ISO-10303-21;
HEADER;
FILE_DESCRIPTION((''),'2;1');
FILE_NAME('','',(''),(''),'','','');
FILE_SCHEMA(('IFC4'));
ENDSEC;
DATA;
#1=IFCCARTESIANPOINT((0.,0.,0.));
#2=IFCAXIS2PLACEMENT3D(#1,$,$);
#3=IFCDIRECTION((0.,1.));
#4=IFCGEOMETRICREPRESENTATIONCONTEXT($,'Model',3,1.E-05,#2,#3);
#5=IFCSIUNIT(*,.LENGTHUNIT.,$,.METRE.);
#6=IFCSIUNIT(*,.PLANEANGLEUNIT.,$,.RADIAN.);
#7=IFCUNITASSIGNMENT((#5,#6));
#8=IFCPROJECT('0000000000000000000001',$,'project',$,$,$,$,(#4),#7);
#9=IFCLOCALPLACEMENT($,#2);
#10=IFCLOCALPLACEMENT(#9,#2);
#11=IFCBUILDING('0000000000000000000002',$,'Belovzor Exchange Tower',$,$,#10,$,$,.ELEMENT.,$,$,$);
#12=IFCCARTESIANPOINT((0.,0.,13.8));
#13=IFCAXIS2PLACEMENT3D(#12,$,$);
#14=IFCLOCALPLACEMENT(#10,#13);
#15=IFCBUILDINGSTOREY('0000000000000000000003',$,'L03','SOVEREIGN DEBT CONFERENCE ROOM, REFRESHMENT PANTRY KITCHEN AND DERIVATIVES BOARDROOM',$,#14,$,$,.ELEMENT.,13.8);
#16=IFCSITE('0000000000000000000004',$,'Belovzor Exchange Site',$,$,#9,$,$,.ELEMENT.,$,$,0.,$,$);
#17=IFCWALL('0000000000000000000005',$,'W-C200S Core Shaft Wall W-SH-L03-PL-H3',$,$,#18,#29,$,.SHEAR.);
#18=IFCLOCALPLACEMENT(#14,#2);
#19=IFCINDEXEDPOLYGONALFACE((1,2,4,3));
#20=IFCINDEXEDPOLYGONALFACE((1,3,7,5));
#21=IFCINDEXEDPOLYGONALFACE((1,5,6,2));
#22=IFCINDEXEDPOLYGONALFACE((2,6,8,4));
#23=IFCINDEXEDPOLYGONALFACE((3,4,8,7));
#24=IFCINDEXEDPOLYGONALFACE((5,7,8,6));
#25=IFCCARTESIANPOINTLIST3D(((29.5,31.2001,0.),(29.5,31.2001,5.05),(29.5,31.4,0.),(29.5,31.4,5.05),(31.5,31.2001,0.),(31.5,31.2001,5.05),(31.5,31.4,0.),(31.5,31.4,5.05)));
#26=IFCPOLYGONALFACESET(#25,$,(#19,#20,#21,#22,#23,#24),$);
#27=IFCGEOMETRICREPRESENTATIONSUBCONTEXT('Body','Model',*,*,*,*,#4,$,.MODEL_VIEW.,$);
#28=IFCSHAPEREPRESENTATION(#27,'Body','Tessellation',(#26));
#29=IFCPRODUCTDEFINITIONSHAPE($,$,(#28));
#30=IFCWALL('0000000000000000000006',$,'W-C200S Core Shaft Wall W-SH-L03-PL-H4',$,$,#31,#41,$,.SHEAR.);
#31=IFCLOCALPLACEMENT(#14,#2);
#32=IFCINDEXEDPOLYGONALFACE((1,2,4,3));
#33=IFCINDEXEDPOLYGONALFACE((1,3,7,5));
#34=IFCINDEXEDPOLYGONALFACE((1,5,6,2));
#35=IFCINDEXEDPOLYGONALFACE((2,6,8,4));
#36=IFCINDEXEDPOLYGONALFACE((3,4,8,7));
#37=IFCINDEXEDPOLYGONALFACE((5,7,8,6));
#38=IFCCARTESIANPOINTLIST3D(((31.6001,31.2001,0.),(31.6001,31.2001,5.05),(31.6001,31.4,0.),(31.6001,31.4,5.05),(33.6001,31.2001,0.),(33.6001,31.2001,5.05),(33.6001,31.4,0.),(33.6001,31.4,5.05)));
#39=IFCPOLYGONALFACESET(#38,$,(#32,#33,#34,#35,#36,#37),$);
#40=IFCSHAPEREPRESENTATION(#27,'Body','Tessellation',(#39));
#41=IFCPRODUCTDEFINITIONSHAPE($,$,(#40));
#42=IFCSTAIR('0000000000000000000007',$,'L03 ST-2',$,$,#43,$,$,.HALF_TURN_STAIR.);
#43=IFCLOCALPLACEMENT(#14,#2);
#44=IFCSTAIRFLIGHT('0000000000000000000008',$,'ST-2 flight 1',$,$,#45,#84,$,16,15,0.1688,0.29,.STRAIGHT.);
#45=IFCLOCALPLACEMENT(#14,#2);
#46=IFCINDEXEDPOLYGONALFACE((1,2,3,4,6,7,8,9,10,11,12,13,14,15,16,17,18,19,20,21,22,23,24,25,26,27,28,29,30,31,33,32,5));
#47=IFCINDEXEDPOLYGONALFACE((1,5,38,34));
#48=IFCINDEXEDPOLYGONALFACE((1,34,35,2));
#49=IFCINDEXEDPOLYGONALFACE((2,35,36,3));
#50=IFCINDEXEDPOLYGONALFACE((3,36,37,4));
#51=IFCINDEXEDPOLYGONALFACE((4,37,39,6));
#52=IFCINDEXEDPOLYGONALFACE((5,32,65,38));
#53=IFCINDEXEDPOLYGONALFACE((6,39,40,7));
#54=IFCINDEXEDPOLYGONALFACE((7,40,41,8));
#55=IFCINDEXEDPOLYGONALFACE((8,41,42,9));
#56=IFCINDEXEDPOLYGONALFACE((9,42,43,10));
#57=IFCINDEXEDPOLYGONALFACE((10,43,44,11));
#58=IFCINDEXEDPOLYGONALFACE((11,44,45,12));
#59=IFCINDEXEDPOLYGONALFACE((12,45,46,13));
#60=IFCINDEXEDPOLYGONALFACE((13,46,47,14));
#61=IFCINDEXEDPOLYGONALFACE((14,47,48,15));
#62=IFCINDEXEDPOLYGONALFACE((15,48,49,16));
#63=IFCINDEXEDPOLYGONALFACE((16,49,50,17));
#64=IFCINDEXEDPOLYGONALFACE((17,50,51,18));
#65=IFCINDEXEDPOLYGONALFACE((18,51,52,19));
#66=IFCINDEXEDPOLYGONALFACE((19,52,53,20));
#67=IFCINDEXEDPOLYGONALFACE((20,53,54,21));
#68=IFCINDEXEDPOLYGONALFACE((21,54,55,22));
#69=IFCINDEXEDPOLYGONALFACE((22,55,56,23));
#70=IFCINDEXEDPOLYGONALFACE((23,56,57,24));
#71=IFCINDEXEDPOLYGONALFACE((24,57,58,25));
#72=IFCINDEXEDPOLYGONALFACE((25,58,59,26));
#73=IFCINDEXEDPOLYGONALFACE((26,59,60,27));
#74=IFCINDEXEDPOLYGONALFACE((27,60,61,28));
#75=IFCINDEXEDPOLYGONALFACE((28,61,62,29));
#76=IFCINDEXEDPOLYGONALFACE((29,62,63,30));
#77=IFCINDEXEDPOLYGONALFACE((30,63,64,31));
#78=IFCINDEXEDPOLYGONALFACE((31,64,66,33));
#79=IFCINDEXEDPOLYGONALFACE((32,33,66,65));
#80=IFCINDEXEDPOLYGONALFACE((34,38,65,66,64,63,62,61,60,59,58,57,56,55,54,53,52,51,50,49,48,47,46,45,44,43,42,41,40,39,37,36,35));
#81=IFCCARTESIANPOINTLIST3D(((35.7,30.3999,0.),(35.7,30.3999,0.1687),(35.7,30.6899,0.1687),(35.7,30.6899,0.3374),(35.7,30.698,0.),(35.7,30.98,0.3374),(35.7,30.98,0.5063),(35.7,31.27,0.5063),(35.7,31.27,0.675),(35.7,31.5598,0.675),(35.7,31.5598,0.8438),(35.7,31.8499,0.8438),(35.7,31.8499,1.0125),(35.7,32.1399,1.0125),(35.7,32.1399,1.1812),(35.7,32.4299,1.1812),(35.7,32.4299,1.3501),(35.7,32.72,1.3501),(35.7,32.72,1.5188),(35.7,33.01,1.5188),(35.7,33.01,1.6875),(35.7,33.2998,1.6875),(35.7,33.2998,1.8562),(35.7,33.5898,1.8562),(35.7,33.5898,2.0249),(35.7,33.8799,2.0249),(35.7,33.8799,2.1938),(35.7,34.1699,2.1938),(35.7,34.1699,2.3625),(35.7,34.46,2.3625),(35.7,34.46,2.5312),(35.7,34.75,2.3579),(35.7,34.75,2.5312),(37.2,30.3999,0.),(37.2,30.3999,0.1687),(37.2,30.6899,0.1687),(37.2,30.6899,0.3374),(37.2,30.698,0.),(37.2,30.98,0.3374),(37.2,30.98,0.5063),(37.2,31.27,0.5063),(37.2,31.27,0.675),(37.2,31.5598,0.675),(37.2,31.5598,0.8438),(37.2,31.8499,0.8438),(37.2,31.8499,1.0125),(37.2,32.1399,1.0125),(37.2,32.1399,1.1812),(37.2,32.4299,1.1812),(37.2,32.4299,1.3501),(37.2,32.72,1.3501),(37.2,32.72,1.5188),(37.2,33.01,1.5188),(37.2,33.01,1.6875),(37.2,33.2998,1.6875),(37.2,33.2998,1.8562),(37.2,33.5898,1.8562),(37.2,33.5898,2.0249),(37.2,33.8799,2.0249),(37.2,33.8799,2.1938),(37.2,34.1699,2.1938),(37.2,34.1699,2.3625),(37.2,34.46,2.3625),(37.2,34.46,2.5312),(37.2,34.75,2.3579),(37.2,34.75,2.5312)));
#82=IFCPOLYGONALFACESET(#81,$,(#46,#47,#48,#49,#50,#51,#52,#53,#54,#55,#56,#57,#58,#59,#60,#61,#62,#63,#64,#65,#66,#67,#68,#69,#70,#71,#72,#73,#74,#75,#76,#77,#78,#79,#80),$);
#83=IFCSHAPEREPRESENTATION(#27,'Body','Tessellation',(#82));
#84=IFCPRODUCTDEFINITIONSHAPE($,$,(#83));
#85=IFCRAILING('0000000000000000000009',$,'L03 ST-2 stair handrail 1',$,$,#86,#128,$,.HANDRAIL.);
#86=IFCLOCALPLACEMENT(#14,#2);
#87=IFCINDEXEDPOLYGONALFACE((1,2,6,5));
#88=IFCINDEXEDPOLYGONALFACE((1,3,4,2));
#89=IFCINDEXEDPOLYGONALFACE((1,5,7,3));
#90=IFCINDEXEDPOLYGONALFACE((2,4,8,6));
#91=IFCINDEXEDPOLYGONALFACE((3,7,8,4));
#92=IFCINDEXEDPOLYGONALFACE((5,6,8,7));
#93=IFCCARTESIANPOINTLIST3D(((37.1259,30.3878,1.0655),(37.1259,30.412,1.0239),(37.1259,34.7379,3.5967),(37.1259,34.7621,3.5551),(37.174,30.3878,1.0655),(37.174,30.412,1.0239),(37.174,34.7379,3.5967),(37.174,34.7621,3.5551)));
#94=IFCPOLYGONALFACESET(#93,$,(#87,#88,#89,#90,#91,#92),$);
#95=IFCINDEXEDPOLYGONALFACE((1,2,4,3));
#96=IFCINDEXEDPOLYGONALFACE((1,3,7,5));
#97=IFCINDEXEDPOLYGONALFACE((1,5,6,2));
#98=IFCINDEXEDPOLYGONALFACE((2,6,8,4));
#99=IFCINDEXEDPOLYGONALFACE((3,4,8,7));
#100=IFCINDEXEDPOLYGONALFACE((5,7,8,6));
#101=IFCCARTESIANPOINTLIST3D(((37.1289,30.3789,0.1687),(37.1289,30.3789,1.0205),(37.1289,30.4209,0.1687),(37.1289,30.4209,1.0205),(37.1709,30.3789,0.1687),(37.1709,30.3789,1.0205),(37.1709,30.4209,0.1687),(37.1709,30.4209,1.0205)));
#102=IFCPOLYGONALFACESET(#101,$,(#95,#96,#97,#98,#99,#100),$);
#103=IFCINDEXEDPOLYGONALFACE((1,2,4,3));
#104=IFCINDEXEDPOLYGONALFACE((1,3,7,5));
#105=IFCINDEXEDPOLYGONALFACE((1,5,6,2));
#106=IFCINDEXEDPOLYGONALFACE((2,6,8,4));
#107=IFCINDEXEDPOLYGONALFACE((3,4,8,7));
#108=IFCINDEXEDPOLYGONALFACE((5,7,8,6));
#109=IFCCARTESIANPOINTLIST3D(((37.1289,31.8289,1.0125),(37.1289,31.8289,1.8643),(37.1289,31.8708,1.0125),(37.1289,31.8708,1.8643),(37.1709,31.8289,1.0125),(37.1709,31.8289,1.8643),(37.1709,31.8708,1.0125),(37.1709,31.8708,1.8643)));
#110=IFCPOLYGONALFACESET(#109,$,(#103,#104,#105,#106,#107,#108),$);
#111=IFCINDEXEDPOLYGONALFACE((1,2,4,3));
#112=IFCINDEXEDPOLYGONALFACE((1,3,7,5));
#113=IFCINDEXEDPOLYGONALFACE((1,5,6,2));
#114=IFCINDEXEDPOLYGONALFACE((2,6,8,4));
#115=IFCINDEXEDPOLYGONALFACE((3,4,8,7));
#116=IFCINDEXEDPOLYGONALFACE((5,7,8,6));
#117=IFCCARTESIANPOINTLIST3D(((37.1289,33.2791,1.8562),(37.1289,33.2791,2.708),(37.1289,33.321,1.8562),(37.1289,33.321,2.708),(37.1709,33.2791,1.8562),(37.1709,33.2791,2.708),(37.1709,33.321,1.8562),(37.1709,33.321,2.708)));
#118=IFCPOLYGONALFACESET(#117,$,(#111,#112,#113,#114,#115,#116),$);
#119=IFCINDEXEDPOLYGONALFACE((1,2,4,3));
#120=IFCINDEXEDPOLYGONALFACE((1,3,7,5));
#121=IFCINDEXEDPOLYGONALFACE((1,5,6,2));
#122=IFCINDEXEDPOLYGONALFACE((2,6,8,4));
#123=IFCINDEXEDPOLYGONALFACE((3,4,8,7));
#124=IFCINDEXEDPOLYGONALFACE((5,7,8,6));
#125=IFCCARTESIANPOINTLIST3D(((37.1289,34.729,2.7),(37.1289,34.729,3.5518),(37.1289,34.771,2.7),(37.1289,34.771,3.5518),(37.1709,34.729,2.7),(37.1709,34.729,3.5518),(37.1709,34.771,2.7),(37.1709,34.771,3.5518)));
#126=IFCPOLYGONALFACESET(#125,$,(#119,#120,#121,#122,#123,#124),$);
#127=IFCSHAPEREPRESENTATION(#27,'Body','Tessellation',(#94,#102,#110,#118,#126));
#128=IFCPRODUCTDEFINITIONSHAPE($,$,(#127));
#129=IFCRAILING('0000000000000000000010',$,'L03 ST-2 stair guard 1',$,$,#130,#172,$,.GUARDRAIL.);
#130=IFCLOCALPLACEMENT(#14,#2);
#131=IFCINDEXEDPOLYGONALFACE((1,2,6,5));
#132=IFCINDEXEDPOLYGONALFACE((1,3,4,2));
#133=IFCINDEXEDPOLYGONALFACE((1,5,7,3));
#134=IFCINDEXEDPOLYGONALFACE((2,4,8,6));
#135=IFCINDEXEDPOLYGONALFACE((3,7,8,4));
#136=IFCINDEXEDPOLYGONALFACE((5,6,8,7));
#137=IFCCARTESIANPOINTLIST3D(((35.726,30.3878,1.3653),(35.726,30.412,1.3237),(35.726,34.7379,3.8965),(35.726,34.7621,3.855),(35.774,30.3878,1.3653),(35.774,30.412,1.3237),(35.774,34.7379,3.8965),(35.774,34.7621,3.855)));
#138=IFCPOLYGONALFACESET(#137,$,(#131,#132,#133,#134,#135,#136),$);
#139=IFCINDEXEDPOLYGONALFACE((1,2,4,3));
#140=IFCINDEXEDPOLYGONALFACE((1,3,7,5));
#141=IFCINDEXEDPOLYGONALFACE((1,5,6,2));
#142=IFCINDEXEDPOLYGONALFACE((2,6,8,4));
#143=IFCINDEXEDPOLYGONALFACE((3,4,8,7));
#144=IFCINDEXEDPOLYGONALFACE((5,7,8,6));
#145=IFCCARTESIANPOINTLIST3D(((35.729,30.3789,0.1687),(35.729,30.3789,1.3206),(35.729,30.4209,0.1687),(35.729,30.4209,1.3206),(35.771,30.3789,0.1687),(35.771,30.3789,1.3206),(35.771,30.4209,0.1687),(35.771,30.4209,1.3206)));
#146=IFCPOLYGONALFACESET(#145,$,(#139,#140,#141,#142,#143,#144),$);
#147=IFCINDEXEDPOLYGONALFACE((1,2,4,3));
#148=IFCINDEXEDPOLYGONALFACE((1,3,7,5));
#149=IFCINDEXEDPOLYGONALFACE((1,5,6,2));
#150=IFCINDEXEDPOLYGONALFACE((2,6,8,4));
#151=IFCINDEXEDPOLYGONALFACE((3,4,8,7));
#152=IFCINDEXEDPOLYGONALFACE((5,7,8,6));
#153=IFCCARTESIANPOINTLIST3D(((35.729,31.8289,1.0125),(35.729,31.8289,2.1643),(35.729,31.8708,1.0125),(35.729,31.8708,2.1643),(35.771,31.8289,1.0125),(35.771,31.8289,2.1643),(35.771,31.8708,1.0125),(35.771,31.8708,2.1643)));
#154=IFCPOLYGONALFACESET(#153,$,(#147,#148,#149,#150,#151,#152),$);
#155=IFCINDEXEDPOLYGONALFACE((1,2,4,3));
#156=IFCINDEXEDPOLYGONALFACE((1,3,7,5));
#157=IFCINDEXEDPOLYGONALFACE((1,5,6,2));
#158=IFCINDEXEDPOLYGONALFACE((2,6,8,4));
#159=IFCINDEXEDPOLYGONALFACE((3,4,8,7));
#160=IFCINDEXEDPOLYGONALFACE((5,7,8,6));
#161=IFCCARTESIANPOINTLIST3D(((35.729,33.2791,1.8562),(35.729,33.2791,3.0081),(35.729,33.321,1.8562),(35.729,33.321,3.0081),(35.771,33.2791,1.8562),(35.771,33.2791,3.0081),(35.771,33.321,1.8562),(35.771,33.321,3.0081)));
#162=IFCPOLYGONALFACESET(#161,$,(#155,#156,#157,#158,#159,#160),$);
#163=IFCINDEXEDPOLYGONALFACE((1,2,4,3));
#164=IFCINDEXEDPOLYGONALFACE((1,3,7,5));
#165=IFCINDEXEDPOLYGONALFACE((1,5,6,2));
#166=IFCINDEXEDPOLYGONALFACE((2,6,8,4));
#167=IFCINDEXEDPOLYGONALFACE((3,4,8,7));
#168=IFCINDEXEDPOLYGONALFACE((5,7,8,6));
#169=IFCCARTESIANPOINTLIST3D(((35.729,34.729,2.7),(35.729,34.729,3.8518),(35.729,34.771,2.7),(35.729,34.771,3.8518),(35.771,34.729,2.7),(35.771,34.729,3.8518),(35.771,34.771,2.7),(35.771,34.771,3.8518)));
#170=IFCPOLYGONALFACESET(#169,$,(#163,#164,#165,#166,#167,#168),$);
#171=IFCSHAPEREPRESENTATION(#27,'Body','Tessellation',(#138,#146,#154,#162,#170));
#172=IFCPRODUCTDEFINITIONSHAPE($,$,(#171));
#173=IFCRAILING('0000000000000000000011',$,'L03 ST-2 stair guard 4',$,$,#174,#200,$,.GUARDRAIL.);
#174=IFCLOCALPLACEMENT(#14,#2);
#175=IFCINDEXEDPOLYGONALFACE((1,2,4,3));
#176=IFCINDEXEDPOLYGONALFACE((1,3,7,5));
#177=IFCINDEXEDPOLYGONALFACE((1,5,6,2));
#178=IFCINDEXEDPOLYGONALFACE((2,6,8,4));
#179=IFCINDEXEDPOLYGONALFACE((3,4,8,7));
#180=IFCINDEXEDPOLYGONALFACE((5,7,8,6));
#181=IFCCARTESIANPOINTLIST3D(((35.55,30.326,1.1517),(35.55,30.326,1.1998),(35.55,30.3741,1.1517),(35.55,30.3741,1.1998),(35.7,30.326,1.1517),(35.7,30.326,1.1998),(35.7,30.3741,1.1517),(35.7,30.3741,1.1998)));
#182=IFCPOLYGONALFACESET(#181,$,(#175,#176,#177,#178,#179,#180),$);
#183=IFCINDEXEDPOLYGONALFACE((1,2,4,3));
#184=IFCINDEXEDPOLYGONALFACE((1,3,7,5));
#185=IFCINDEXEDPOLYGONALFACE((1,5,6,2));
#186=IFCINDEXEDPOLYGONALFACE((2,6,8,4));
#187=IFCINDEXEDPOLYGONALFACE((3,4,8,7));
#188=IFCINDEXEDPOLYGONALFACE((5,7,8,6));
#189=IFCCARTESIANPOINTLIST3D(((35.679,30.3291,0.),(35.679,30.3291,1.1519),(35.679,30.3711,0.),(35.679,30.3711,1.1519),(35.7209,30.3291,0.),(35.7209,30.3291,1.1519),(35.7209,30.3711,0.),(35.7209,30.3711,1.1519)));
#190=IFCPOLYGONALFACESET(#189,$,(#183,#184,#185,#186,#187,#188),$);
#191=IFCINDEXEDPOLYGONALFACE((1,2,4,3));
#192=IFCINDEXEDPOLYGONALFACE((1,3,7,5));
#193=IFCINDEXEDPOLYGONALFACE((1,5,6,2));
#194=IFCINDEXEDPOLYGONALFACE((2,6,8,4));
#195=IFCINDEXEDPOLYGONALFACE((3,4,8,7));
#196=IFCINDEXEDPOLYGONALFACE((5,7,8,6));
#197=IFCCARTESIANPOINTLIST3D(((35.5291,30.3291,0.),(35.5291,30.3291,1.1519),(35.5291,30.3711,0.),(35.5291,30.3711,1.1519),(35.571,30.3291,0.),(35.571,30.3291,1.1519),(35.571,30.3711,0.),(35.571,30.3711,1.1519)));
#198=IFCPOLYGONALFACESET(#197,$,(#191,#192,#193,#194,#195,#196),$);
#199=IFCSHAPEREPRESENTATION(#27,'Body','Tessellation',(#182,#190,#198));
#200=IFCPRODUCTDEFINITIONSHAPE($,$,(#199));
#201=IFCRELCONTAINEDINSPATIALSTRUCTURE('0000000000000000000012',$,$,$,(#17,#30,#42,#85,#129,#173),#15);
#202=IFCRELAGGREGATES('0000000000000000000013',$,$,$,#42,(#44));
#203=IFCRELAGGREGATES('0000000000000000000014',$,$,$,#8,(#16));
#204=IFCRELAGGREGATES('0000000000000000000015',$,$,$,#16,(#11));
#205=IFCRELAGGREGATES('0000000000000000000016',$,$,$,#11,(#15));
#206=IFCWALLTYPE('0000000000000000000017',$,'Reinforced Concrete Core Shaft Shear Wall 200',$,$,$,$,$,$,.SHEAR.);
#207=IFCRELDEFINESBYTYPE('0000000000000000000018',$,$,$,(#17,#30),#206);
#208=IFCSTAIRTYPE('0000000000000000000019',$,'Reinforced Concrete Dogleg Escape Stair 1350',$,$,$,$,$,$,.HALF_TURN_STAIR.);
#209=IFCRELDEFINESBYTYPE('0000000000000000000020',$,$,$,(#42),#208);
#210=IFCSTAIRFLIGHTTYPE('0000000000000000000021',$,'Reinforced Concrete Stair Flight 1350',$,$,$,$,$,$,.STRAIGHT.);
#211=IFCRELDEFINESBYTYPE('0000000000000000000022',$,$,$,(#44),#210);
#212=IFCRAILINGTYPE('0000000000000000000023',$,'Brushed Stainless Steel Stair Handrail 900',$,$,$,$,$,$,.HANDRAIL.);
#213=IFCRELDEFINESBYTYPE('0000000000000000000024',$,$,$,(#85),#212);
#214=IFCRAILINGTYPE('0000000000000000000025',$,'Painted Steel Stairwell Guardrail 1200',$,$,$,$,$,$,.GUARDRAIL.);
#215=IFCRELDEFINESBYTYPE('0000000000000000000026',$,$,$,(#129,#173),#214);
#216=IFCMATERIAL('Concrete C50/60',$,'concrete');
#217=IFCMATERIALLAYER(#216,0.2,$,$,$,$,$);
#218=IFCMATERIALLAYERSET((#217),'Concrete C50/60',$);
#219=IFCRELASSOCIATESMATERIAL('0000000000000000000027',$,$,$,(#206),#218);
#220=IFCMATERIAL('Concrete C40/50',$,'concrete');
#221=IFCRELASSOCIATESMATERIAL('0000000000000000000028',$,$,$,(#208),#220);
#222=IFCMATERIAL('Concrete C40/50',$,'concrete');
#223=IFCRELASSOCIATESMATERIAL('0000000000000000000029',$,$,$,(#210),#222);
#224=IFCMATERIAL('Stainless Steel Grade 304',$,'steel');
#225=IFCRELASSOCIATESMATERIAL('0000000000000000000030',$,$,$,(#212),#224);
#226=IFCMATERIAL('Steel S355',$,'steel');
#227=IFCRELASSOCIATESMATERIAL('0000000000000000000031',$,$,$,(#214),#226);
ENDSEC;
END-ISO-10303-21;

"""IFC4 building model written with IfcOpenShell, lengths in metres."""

from ifc_helpers import new_model, si_unit, direction, frame, frame_2d, origin, origin_2d, place, context, subcontext, project, spatial, polyline, rectangle, outline, extrude, material, layer, layer_set, type_object, element, aggregate, save


model = new_model("IFC4")

# Units and contexts
model_context = context("Model", 3, precision=1e-05, world=origin(), true_north=direction((0.0, 1.0)))
body_context = subcontext(model_context, "Body", "Model", "MODEL_VIEW")
ifc_project = project(units=[si_unit("LENGTHUNIT", "METRE"), si_unit("PLANEANGLEUNIT", "RADIAN")], contexts=[model_context])

# Site, building, storey
site_placement = place(None, origin())
site = spatial("IfcSite", under=ifc_project, at=site_placement, Name="Belovzor Exchange Site", CompositionType="ELEMENT", RefElevation=0.0)
building_placement = place(site_placement, origin())
building = spatial("IfcBuilding", under=site, at=building_placement, Name="Belovzor Exchange Tower", CompositionType="ELEMENT")
storey_placement = place(building_placement, frame((0.0, 0.0, 13.8)))
storey = spatial("IfcBuildingStorey", under=building, at=storey_placement, Name="L03", Description="SOVEREIGN DEBT CONFERENCE ROOM, REFRESHMENT PANTRY KITCHEN AND DERIVATIVES BOARDROOM", CompositionType="ELEMENT", Elevation=13.8)

# Shared definitions
ifc_material_1 = material(Name="Concrete C50/60", Category="concrete")
ifc_layer_1 = layer(ifc_material_1, 0.2)
ifc_layer_set_1 = layer_set([ifc_layer_1], Name="Concrete C50/60")
wall_type_1 = type_object("IfcWallType", Name="Reinforced Concrete Core Shaft Shear Wall 200", PredefinedType="SHEAR", material=ifc_layer_set_1)

# Walls
for number, where, z_axis, x_axis, name in (
    (1, (29.5, 31.3, 0.0), (0.0, 0.0, 1.0), (1.0, 0.0, 0.0), "W-C200S Core Shaft Wall W-SH-L03-PL-H3"),
    (2, (31.6001, 31.3, 0.0), (0.0, 0.0, 1.0), (1.0, 0.0, 0.0), "W-C200S Core Shaft Wall W-SH-L03-PL-H4"),
):
    element("IfcWall", number, at=place(storey_placement, frame(where, z_axis=z_axis, x_axis=x_axis)), inside=storey, type_object=wall_type_1, Name=name, PredefinedType="SHEAR", context=body_context, shape_type="SweptSolid", body=[
        extrude(rectangle(XDim=2.0, YDim=0.2, at=frame_2d((1.0, 0.0))), origin(), (0.0, 0.0, 1.0), 5.05),
    ])

# Stair, stair flight
ifc_material_2 = material(Name="Concrete C40/50", Category="concrete")
stair_type = type_object("IfcStairType", Name="Reinforced Concrete Dogleg Escape Stair 1350", PredefinedType="HALF_TURN_STAIR", material=ifc_material_2)
stair_placement = place(storey_placement, origin())
stair = element("IfcStair", 3, at=stair_placement, inside=storey, type_object=stair_type, Name="L03 ST-2", PredefinedType="HALF_TURN_STAIR")
ifc_material_3 = material(Name="Concrete C40/50", Category="concrete")
stair_flight_type = type_object("IfcStairFlightType", Name="Reinforced Concrete Stair Flight 1350", PredefinedType="STRAIGHT", material=ifc_material_3)
stair_flight_placement = place(storey_placement, frame((36.45, 30.3999, 0.0), z_axis=(0.0, 0.0, 1.0), x_axis=(0.0, 1.0, 0.0)))
stair_flight = element("IfcStairFlight", 4, at=stair_flight_placement, type_object=stair_flight_type, Name="ST-2 flight 1", NumberOfRisers=16, NumberOfTreads=15, PredefinedType="STRAIGHT", RiserHeight=0.1688, TreadLength=0.29, context=body_context, shape_type="SweptSolid", body=[
    extrude(outline(polyline([(0.0, 0.0), (0.0, 0.1687), (0.29, 0.1687), (0.29, 0.3374), (0.5801, 0.3374), (0.5801, 0.5063), (0.8701, 0.5063), (0.8701, 0.675), (1.1599, 0.675), (1.1599, 0.8438), (1.45, 0.8438), (1.45, 1.0125), (1.74, 1.0125), (1.74, 1.1812), (2.03, 1.1812), (2.03, 1.3501), (2.3201, 1.3501), (2.3201, 1.5188), (2.6101, 1.5188), (2.6101, 1.6875), (2.8999, 1.6875), (2.8999, 1.8562), (3.1899, 1.8562), (3.1899, 2.0249), (3.48, 2.0249), (3.48, 2.1938), (3.77, 2.1938), (3.77, 2.3625), (4.0601, 2.3625), (4.0601, 2.5312), (4.3501, 2.5312), (4.3501, 2.7), (4.3501, 2.3579), (0.2981, 0.0), (0.0, 0.0)])), frame((0.0, 0.75, 0.0), z_axis=(0.0, -1.0, 0.0), x_axis=(1.0, 0.0, 0.0)), (0.0, 0.0, 1.0), 1.5),
])
aggregate(stair, [stair_flight])

# Railings
ifc_material_4 = material(Name="Stainless Steel Grade 304", Category="steel")
railing_type_1 = type_object("IfcRailingType", Name="Brushed Stainless Steel Stair Handrail 900", PredefinedType="HANDRAIL", material=ifc_material_4)
railing_1_placement = place(storey_placement, frame((37.1499, 30.3999, 0.1687)))
element("IfcRailing", 5, at=railing_1_placement, inside=storey, type_object=railing_type_1, Name="L03 ST-2 stair handrail 1", PredefinedType="HANDRAIL", context=body_context, shape_type="SweptSolid", body=[
    extrude(rectangle(XDim=0.0481, YDim=0.0481, at=origin_2d()), frame((0.0, 0.0, 0.876), z_axis=(0.0, 0.864324, 0.502936), x_axis=(-1.0, 0.0, 0.0)), (0.0, 0.0, 1.0), 5.033),
    extrude(rectangle(XDim=0.042, YDim=0.042, at=origin_2d()), origin(), (0.0, 0.0, 1.0), 0.8518),
    extrude(rectangle(XDim=0.042, YDim=0.042, at=origin_2d()), frame((0.0, 1.45, 0.8438)), (0.0, 0.0, 1.0), 0.8518),
    extrude(rectangle(XDim=0.042, YDim=0.042, at=origin_2d()), frame((0.0, 2.9001, 1.6875)), (0.0, 0.0, 1.0), 0.8518),
    extrude(rectangle(XDim=0.042, YDim=0.042, at=origin_2d()), frame((0.0, 4.3501, 2.5312)), (0.0, 0.0, 1.0), 0.8518),
])
ifc_material_5 = material(Name="Steel S355", Category="steel")
railing_type_2 = type_object("IfcRailingType", Name="Painted Steel Stairwell Guardrail 1200", PredefinedType="GUARDRAIL", material=ifc_material_5)
railing_2_placement = place(storey_placement, frame((35.75, 30.3999, 0.1687)))
element("IfcRailing", 6, at=railing_2_placement, inside=storey, type_object=railing_type_2, Name="L03 ST-2 stair guard 1", PredefinedType="GUARDRAIL", context=body_context, shape_type="SweptSolid", body=[
    extrude(rectangle(XDim=0.0481, YDim=0.0481, at=origin_2d()), frame((0.0, 0.0, 1.1758), z_axis=(0.0, 0.864324, 0.502936), x_axis=(-1.0, 0.0, 0.0)), (0.0, 0.0, 1.0), 5.033),
    extrude(rectangle(XDim=0.042, YDim=0.042, at=origin_2d()), origin(), (0.0, 0.0, 1.0), 1.1519),
    extrude(rectangle(XDim=0.042, YDim=0.042, at=origin_2d()), frame((0.0, 1.45, 0.8438)), (0.0, 0.0, 1.0), 1.1519),
    extrude(rectangle(XDim=0.042, YDim=0.042, at=origin_2d()), frame((0.0, 2.9001, 1.6875)), (0.0, 0.0, 1.0), 1.1519),
    extrude(rectangle(XDim=0.042, YDim=0.042, at=origin_2d()), frame((0.0, 4.3501, 2.5312)), (0.0, 0.0, 1.0), 1.1519),
])
railing_3_placement = place(storey_placement, frame((35.7, 30.3501, 0.0)))
element("IfcRailing", 7, at=railing_3_placement, inside=storey, type_object=railing_type_2, Name="L03 ST-2 stair guard 4", PredefinedType="GUARDRAIL", context=body_context, shape_type="SweptSolid", body=[
    extrude(rectangle(XDim=0.0481, YDim=0.0481, at=origin_2d()), frame((0.0, 0.0, 1.1758), z_axis=(-1.0, 0.0, 0.0), x_axis=(0.0, -1.0, 0.0)), (0.0, 0.0, 1.0), 0.1499),
    extrude(rectangle(XDim=0.042, YDim=0.042, at=origin_2d()), origin(), (0.0, 0.0, 1.0), 1.1519),
    extrude(rectangle(XDim=0.042, YDim=0.042, at=origin_2d()), frame((-0.1499, 0.0, 0.0)), (0.0, 0.0, 1.0), 1.1519),
])

save(model, "model.ifc")
